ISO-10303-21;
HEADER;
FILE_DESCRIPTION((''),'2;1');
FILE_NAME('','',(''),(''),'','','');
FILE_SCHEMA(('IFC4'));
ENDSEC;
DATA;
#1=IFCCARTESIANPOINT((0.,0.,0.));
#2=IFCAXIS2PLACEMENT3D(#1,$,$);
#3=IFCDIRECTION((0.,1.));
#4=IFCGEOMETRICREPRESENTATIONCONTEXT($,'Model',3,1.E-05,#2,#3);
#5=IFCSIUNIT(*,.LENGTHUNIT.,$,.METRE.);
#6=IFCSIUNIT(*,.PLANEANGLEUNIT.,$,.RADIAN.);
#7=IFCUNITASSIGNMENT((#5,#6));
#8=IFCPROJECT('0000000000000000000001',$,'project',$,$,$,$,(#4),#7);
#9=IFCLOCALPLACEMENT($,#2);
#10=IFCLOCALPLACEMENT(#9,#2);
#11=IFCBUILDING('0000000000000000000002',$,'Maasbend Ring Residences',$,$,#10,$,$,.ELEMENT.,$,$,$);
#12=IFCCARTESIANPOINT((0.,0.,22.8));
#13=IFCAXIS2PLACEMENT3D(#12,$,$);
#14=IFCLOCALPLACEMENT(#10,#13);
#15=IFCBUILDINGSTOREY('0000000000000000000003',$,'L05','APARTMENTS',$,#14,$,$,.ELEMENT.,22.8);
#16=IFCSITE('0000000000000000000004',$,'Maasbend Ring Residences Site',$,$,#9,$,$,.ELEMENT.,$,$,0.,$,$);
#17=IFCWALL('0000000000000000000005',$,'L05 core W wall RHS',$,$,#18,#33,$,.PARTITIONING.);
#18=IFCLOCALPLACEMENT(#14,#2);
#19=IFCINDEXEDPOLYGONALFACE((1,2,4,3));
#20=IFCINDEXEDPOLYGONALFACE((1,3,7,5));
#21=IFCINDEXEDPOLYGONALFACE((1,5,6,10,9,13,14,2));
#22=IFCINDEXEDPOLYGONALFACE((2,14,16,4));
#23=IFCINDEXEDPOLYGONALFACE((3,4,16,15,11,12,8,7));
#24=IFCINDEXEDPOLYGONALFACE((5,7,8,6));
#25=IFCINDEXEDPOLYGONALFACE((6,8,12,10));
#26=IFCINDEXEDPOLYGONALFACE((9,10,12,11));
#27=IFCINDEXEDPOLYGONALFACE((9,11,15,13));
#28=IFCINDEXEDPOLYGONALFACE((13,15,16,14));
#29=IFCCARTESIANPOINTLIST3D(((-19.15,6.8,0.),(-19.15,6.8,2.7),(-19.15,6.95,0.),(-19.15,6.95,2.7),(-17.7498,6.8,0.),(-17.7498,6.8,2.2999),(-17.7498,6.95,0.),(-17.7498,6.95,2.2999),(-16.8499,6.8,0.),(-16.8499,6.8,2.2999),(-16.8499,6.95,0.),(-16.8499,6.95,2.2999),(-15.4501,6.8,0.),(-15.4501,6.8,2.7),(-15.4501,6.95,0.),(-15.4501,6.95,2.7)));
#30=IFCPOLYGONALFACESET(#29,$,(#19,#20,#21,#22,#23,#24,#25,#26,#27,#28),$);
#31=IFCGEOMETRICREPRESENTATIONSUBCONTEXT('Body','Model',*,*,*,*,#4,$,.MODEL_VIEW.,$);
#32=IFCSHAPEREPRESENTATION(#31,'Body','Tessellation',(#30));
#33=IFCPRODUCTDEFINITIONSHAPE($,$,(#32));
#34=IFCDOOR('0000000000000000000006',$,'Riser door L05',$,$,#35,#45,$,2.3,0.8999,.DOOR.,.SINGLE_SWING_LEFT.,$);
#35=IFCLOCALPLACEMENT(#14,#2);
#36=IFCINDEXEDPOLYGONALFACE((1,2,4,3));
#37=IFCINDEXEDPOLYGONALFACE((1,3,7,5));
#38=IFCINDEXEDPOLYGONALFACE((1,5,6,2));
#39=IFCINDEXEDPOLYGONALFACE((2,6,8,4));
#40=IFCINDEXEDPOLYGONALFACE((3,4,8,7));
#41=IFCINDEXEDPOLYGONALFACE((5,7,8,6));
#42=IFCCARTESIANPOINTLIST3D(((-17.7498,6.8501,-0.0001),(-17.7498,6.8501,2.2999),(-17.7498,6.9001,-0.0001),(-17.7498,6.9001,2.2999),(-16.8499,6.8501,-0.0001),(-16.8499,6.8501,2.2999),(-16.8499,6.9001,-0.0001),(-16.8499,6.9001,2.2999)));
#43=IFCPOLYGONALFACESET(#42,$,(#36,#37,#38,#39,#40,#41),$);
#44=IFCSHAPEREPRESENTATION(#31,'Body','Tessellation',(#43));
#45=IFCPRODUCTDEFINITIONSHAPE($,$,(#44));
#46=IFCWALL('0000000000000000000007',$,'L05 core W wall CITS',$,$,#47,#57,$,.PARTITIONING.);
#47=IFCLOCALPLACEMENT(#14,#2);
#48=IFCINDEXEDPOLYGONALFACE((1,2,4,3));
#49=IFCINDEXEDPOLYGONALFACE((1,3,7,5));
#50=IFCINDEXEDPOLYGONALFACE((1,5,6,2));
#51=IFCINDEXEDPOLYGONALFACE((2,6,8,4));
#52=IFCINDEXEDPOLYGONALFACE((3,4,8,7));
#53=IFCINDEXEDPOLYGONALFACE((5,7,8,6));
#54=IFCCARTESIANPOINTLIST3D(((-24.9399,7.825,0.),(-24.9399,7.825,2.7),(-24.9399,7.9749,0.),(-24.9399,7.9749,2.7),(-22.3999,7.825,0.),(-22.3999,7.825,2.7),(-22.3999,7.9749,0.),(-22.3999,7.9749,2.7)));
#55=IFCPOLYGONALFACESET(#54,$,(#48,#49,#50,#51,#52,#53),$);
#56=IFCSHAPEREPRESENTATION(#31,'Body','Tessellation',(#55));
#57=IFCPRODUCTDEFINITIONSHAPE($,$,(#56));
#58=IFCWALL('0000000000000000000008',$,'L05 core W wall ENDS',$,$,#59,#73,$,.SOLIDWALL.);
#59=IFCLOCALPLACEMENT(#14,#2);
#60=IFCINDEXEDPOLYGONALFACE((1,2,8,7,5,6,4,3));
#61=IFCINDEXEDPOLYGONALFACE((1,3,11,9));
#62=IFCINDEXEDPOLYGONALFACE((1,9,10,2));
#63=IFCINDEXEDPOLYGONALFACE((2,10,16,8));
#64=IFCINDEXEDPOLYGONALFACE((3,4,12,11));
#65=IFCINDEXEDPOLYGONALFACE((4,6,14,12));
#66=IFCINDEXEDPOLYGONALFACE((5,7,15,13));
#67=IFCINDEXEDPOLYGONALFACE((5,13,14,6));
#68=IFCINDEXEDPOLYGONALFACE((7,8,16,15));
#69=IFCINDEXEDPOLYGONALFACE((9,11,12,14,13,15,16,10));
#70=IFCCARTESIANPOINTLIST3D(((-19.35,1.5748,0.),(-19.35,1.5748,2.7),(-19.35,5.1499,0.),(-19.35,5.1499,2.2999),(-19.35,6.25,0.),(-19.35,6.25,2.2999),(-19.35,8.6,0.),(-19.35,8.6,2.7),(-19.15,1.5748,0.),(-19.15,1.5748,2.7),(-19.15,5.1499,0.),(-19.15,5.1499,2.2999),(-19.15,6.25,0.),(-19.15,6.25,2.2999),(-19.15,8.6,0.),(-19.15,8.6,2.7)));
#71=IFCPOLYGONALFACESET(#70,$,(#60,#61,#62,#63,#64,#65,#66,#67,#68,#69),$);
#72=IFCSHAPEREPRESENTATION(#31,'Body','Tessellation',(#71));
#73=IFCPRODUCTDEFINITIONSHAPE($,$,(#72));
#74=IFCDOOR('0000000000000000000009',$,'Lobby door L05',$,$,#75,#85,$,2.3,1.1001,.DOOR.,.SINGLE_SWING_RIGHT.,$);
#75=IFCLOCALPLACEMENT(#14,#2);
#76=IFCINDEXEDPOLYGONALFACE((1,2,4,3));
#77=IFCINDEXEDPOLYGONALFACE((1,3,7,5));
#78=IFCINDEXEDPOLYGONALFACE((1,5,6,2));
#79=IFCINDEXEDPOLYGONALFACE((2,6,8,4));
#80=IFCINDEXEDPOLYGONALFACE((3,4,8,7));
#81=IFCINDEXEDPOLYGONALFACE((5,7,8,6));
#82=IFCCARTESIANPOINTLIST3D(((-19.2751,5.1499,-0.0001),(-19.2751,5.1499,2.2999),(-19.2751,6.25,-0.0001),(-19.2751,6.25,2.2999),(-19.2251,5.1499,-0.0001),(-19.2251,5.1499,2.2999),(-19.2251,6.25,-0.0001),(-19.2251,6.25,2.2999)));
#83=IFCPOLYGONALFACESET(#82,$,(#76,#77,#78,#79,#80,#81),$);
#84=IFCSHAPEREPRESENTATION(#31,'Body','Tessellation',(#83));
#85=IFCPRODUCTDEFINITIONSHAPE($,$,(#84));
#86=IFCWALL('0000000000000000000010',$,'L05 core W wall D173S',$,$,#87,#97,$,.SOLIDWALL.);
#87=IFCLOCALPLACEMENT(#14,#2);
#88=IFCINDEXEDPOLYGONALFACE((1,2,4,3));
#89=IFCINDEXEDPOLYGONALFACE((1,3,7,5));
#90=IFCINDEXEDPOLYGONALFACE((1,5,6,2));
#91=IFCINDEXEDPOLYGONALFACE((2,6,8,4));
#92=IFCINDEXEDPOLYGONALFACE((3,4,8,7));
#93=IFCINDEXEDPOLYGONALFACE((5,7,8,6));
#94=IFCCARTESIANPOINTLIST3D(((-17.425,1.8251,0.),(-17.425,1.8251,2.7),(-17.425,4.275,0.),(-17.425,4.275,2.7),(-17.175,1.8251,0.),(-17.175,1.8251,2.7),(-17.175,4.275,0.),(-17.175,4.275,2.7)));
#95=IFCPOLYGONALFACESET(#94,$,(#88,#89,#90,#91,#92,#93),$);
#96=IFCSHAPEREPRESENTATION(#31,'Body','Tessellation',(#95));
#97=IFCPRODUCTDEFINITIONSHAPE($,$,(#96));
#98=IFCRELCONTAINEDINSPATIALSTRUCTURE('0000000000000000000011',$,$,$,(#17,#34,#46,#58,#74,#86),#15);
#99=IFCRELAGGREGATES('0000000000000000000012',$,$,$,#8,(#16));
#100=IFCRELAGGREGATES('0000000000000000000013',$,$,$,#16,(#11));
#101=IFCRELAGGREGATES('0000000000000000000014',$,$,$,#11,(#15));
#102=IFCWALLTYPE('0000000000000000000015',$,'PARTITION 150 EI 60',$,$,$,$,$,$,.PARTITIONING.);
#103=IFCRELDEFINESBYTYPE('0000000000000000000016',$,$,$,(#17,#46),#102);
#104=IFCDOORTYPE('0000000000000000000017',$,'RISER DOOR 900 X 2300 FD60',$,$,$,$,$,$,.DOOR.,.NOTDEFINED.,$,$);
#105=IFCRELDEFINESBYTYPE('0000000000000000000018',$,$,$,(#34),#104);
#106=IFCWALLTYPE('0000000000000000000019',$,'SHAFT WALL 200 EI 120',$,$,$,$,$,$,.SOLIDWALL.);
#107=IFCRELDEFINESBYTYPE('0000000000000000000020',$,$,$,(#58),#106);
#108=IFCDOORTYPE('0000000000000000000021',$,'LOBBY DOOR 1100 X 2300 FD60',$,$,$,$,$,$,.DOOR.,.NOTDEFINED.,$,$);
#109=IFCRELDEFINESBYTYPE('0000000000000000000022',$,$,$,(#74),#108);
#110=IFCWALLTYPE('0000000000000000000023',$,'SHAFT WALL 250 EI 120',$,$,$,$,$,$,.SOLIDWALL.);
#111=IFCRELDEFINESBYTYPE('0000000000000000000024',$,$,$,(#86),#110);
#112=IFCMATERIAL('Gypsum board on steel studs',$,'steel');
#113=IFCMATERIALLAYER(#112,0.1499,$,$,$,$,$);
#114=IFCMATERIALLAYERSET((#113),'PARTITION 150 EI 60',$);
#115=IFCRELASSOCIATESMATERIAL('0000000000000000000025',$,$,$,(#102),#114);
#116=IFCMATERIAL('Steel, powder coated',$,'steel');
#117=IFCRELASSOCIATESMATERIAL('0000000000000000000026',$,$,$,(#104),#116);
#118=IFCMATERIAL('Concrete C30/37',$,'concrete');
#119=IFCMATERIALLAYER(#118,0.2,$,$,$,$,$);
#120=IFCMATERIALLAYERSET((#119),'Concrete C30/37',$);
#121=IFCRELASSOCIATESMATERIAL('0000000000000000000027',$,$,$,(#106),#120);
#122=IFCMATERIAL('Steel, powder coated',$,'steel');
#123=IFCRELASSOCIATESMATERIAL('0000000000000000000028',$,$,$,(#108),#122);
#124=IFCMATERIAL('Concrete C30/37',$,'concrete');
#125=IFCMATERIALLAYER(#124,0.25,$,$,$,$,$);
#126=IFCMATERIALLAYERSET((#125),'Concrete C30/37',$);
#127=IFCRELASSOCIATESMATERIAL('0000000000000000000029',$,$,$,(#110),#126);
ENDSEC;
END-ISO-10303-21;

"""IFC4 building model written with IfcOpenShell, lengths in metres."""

from ifc_helpers import new_model, si_unit, direction, frame, frame_2d, origin, place, context, subcontext, project, spatial, rectangle, extrude, material, layer, layer_set, type_object, element, fill, save


model = new_model("IFC4")

# Units and contexts
model_context = context("Model", 3, precision=1e-05, world=origin(), true_north=direction((0.0, 1.0)))
body_context = subcontext(model_context, "Body", "Model", "MODEL_VIEW")
ifc_project = project(units=[si_unit("LENGTHUNIT", "METRE"), si_unit("PLANEANGLEUNIT", "RADIAN")], contexts=[model_context])

# Site, building, storey
site_placement = place(None, origin())
site = spatial("IfcSite", under=ifc_project, at=site_placement, Name="Maasbend Ring Residences Site", CompositionType="ELEMENT", RefElevation=0.0)
building_placement = place(site_placement, origin())
building = spatial("IfcBuilding", under=site, at=building_placement, Name="Maasbend Ring Residences", CompositionType="ELEMENT")
storey_placement = place(building_placement, frame((0.0, 0.0, 22.8)))
storey = spatial("IfcBuildingStorey", under=building, at=storey_placement, Name="L05", Description="APARTMENTS", CompositionType="ELEMENT", Elevation=22.8)

# Wall, opening, door
ifc_material_1 = material(Name="Gypsum board on steel studs", Category="steel")
ifc_layer_1 = layer(ifc_material_1, 0.1499)
ifc_layer_set_1 = layer_set([ifc_layer_1], Name="PARTITION 150 EI 60")
wall_type_1 = type_object("IfcWallType", Name="PARTITION 150 EI 60", PredefinedType="PARTITIONING", material=ifc_layer_set_1)
wall_1_placement = place(storey_placement, frame((-15.45, 6.875, 0.0), z_axis=(0.0, 0.0, 1.0), x_axis=(-1.0, 0.0, 0.0)))
wall_1 = element("IfcWall", 1, at=wall_1_placement, inside=storey, type_object=wall_type_1, Name="L05 core W wall RHS", PredefinedType="PARTITIONING", context=body_context, shape_type="SweptSolid", body=[
    extrude(rectangle(XDim=3.7, YDim=0.1499, at=frame_2d((1.8501, 0.0))), origin(), (0.0, 0.0, 1.0), 2.7),
])
opening_1_placement = place(wall_1_placement, frame((1.3999, 0.0, 0.0)))
opening_1 = element("IfcOpeningElement", 2, at=opening_1_placement, cuts=wall_1, PredefinedType="OPENING", context=body_context, shape_type="SweptSolid", body=[
    extrude(rectangle(XDim=0.8999, YDim=2.3, at=frame_2d((0.45, 1.1499))), frame((0.0, 0.085, 0.0), z_axis=(0.0, -1.0, 0.0), x_axis=(1.0, 0.0, 0.0)), (0.0, 0.0, 1.0), 0.1699),
])
ifc_material_2 = material(Name="Steel, powder coated", Category="steel")
door_type_1 = type_object("IfcDoorType", Name="RISER DOOR 900 X 2300 FD60", OperationType="NOTDEFINED", PredefinedType="DOOR", material=ifc_material_2)
door_1_placement = place(opening_1_placement, origin())
door_1 = element("IfcDoor", 3, at=door_1_placement, inside=storey, type_object=door_type_1, Name="Riser door L05", OperationType="SINGLE_SWING_LEFT", OverallHeight=2.3, OverallWidth=0.8999, PredefinedType="DOOR", context=body_context, shape_type="SweptSolid", body=[
    extrude(rectangle(XDim=0.8999, YDim=2.3, at=frame_2d((0.45, 1.1499))), frame((0.0, 0.0249, 0.0), z_axis=(0.0, -1.0, 0.0), x_axis=(1.0, 0.0, 0.0)), (0.0, 0.0, 1.0), 0.05),
])
fill(opening_1, door_1)

# Wall
wall_2_placement = place(storey_placement, frame((-22.3999, 7.8999, 0.0), z_axis=(0.0, 0.0, 1.0), x_axis=(-1.0, 0.0, 0.0)))
element("IfcWall", 4, at=wall_2_placement, inside=storey, type_object=wall_type_1, Name="L05 core W wall CITS", PredefinedType="PARTITIONING", context=body_context, shape_type="SweptSolid", body=[
    extrude(rectangle(XDim=2.54, YDim=0.1499, at=frame_2d((1.27, 0.0))), origin(), (0.0, 0.0, 1.0), 2.7),
])

# Wall, opening, door
ifc_material_3 = material(Name="Concrete C30/37", Category="concrete")
ifc_layer_2 = layer(ifc_material_3, 0.2)
ifc_layer_set_2 = layer_set([ifc_layer_2], Name="Concrete C30/37")
wall_type_2 = type_object("IfcWallType", Name="SHAFT WALL 200 EI 120", PredefinedType="SOLIDWALL", material=ifc_layer_set_2)
wall_3_placement = place(storey_placement, frame((-19.25, 8.6001, 0.0), z_axis=(0.0, 0.0, 1.0), x_axis=(0.0, -1.0, 0.0)))
wall_3 = element("IfcWall", 5, at=wall_3_placement, inside=storey, type_object=wall_type_2, Name="L05 core W wall ENDS", PredefinedType="SOLIDWALL", context=body_context, shape_type="SweptSolid", body=[
    extrude(rectangle(XDim=7.0251, YDim=0.2, at=frame_2d((3.5127, 0.0))), origin(), (0.0, 0.0, 1.0), 2.7),
])
opening_2_placement = place(wall_3_placement, frame((2.3501, 0.0, 0.0)))
opening_2 = element("IfcOpeningElement", 6, at=opening_2_placement, cuts=wall_3, PredefinedType="OPENING", context=body_context, shape_type="SweptSolid", body=[
    extrude(rectangle(XDim=1.1001, YDim=2.3, at=frame_2d((0.55, 1.1499))), frame((0.0, 0.1099, 0.0), z_axis=(0.0, -1.0, 0.0), x_axis=(1.0, 0.0, 0.0)), (0.0, 0.0, 1.0), 0.22),
])
ifc_material_4 = material(Name="Steel, powder coated", Category="steel")
door_type_2 = type_object("IfcDoorType", Name="LOBBY DOOR 1100 X 2300 FD60", OperationType="NOTDEFINED", PredefinedType="DOOR", material=ifc_material_4)
door_2_placement = place(opening_2_placement, origin())
door_2 = element("IfcDoor", 7, at=door_2_placement, inside=storey, type_object=door_type_2, Name="Lobby door L05", OperationType="SINGLE_SWING_RIGHT", OverallHeight=2.3, OverallWidth=1.1001, PredefinedType="DOOR", context=body_context, shape_type="SweptSolid", body=[
    extrude(rectangle(XDim=1.1001, YDim=2.3, at=frame_2d((0.55, 1.1499))), frame((0.0, 0.0249, 0.0), z_axis=(0.0, -1.0, 0.0), x_axis=(1.0, 0.0, 0.0)), (0.0, 0.0, 1.0), 0.05),
])
fill(opening_2, door_2)

# Wall
ifc_material_5 = material(Name="Concrete C30/37", Category="concrete")
ifc_layer_3 = layer(ifc_material_5, 0.25)
ifc_layer_set_3 = layer_set([ifc_layer_3], Name="Concrete C30/37")
wall_type_3 = type_object("IfcWallType", Name="SHAFT WALL 250 EI 120", PredefinedType="SOLIDWALL", material=ifc_layer_set_3)
wall_4_placement = place(storey_placement, frame((-17.3, 1.825, 0.0), z_axis=(0.0, 0.0, 1.0), x_axis=(0.0, 1.0, 0.0)))
element("IfcWall", 8, at=wall_4_placement, inside=storey, type_object=wall_type_3, Name="L05 core W wall D173S", PredefinedType="SOLIDWALL", context=body_context, shape_type="SweptSolid", body=[
    extrude(rectangle(XDim=2.45, YDim=0.25, at=frame_2d((1.2251, 0.0))), origin(), (0.0, 0.0, 1.0), 2.7),
])

save(model, "model.ifc")
